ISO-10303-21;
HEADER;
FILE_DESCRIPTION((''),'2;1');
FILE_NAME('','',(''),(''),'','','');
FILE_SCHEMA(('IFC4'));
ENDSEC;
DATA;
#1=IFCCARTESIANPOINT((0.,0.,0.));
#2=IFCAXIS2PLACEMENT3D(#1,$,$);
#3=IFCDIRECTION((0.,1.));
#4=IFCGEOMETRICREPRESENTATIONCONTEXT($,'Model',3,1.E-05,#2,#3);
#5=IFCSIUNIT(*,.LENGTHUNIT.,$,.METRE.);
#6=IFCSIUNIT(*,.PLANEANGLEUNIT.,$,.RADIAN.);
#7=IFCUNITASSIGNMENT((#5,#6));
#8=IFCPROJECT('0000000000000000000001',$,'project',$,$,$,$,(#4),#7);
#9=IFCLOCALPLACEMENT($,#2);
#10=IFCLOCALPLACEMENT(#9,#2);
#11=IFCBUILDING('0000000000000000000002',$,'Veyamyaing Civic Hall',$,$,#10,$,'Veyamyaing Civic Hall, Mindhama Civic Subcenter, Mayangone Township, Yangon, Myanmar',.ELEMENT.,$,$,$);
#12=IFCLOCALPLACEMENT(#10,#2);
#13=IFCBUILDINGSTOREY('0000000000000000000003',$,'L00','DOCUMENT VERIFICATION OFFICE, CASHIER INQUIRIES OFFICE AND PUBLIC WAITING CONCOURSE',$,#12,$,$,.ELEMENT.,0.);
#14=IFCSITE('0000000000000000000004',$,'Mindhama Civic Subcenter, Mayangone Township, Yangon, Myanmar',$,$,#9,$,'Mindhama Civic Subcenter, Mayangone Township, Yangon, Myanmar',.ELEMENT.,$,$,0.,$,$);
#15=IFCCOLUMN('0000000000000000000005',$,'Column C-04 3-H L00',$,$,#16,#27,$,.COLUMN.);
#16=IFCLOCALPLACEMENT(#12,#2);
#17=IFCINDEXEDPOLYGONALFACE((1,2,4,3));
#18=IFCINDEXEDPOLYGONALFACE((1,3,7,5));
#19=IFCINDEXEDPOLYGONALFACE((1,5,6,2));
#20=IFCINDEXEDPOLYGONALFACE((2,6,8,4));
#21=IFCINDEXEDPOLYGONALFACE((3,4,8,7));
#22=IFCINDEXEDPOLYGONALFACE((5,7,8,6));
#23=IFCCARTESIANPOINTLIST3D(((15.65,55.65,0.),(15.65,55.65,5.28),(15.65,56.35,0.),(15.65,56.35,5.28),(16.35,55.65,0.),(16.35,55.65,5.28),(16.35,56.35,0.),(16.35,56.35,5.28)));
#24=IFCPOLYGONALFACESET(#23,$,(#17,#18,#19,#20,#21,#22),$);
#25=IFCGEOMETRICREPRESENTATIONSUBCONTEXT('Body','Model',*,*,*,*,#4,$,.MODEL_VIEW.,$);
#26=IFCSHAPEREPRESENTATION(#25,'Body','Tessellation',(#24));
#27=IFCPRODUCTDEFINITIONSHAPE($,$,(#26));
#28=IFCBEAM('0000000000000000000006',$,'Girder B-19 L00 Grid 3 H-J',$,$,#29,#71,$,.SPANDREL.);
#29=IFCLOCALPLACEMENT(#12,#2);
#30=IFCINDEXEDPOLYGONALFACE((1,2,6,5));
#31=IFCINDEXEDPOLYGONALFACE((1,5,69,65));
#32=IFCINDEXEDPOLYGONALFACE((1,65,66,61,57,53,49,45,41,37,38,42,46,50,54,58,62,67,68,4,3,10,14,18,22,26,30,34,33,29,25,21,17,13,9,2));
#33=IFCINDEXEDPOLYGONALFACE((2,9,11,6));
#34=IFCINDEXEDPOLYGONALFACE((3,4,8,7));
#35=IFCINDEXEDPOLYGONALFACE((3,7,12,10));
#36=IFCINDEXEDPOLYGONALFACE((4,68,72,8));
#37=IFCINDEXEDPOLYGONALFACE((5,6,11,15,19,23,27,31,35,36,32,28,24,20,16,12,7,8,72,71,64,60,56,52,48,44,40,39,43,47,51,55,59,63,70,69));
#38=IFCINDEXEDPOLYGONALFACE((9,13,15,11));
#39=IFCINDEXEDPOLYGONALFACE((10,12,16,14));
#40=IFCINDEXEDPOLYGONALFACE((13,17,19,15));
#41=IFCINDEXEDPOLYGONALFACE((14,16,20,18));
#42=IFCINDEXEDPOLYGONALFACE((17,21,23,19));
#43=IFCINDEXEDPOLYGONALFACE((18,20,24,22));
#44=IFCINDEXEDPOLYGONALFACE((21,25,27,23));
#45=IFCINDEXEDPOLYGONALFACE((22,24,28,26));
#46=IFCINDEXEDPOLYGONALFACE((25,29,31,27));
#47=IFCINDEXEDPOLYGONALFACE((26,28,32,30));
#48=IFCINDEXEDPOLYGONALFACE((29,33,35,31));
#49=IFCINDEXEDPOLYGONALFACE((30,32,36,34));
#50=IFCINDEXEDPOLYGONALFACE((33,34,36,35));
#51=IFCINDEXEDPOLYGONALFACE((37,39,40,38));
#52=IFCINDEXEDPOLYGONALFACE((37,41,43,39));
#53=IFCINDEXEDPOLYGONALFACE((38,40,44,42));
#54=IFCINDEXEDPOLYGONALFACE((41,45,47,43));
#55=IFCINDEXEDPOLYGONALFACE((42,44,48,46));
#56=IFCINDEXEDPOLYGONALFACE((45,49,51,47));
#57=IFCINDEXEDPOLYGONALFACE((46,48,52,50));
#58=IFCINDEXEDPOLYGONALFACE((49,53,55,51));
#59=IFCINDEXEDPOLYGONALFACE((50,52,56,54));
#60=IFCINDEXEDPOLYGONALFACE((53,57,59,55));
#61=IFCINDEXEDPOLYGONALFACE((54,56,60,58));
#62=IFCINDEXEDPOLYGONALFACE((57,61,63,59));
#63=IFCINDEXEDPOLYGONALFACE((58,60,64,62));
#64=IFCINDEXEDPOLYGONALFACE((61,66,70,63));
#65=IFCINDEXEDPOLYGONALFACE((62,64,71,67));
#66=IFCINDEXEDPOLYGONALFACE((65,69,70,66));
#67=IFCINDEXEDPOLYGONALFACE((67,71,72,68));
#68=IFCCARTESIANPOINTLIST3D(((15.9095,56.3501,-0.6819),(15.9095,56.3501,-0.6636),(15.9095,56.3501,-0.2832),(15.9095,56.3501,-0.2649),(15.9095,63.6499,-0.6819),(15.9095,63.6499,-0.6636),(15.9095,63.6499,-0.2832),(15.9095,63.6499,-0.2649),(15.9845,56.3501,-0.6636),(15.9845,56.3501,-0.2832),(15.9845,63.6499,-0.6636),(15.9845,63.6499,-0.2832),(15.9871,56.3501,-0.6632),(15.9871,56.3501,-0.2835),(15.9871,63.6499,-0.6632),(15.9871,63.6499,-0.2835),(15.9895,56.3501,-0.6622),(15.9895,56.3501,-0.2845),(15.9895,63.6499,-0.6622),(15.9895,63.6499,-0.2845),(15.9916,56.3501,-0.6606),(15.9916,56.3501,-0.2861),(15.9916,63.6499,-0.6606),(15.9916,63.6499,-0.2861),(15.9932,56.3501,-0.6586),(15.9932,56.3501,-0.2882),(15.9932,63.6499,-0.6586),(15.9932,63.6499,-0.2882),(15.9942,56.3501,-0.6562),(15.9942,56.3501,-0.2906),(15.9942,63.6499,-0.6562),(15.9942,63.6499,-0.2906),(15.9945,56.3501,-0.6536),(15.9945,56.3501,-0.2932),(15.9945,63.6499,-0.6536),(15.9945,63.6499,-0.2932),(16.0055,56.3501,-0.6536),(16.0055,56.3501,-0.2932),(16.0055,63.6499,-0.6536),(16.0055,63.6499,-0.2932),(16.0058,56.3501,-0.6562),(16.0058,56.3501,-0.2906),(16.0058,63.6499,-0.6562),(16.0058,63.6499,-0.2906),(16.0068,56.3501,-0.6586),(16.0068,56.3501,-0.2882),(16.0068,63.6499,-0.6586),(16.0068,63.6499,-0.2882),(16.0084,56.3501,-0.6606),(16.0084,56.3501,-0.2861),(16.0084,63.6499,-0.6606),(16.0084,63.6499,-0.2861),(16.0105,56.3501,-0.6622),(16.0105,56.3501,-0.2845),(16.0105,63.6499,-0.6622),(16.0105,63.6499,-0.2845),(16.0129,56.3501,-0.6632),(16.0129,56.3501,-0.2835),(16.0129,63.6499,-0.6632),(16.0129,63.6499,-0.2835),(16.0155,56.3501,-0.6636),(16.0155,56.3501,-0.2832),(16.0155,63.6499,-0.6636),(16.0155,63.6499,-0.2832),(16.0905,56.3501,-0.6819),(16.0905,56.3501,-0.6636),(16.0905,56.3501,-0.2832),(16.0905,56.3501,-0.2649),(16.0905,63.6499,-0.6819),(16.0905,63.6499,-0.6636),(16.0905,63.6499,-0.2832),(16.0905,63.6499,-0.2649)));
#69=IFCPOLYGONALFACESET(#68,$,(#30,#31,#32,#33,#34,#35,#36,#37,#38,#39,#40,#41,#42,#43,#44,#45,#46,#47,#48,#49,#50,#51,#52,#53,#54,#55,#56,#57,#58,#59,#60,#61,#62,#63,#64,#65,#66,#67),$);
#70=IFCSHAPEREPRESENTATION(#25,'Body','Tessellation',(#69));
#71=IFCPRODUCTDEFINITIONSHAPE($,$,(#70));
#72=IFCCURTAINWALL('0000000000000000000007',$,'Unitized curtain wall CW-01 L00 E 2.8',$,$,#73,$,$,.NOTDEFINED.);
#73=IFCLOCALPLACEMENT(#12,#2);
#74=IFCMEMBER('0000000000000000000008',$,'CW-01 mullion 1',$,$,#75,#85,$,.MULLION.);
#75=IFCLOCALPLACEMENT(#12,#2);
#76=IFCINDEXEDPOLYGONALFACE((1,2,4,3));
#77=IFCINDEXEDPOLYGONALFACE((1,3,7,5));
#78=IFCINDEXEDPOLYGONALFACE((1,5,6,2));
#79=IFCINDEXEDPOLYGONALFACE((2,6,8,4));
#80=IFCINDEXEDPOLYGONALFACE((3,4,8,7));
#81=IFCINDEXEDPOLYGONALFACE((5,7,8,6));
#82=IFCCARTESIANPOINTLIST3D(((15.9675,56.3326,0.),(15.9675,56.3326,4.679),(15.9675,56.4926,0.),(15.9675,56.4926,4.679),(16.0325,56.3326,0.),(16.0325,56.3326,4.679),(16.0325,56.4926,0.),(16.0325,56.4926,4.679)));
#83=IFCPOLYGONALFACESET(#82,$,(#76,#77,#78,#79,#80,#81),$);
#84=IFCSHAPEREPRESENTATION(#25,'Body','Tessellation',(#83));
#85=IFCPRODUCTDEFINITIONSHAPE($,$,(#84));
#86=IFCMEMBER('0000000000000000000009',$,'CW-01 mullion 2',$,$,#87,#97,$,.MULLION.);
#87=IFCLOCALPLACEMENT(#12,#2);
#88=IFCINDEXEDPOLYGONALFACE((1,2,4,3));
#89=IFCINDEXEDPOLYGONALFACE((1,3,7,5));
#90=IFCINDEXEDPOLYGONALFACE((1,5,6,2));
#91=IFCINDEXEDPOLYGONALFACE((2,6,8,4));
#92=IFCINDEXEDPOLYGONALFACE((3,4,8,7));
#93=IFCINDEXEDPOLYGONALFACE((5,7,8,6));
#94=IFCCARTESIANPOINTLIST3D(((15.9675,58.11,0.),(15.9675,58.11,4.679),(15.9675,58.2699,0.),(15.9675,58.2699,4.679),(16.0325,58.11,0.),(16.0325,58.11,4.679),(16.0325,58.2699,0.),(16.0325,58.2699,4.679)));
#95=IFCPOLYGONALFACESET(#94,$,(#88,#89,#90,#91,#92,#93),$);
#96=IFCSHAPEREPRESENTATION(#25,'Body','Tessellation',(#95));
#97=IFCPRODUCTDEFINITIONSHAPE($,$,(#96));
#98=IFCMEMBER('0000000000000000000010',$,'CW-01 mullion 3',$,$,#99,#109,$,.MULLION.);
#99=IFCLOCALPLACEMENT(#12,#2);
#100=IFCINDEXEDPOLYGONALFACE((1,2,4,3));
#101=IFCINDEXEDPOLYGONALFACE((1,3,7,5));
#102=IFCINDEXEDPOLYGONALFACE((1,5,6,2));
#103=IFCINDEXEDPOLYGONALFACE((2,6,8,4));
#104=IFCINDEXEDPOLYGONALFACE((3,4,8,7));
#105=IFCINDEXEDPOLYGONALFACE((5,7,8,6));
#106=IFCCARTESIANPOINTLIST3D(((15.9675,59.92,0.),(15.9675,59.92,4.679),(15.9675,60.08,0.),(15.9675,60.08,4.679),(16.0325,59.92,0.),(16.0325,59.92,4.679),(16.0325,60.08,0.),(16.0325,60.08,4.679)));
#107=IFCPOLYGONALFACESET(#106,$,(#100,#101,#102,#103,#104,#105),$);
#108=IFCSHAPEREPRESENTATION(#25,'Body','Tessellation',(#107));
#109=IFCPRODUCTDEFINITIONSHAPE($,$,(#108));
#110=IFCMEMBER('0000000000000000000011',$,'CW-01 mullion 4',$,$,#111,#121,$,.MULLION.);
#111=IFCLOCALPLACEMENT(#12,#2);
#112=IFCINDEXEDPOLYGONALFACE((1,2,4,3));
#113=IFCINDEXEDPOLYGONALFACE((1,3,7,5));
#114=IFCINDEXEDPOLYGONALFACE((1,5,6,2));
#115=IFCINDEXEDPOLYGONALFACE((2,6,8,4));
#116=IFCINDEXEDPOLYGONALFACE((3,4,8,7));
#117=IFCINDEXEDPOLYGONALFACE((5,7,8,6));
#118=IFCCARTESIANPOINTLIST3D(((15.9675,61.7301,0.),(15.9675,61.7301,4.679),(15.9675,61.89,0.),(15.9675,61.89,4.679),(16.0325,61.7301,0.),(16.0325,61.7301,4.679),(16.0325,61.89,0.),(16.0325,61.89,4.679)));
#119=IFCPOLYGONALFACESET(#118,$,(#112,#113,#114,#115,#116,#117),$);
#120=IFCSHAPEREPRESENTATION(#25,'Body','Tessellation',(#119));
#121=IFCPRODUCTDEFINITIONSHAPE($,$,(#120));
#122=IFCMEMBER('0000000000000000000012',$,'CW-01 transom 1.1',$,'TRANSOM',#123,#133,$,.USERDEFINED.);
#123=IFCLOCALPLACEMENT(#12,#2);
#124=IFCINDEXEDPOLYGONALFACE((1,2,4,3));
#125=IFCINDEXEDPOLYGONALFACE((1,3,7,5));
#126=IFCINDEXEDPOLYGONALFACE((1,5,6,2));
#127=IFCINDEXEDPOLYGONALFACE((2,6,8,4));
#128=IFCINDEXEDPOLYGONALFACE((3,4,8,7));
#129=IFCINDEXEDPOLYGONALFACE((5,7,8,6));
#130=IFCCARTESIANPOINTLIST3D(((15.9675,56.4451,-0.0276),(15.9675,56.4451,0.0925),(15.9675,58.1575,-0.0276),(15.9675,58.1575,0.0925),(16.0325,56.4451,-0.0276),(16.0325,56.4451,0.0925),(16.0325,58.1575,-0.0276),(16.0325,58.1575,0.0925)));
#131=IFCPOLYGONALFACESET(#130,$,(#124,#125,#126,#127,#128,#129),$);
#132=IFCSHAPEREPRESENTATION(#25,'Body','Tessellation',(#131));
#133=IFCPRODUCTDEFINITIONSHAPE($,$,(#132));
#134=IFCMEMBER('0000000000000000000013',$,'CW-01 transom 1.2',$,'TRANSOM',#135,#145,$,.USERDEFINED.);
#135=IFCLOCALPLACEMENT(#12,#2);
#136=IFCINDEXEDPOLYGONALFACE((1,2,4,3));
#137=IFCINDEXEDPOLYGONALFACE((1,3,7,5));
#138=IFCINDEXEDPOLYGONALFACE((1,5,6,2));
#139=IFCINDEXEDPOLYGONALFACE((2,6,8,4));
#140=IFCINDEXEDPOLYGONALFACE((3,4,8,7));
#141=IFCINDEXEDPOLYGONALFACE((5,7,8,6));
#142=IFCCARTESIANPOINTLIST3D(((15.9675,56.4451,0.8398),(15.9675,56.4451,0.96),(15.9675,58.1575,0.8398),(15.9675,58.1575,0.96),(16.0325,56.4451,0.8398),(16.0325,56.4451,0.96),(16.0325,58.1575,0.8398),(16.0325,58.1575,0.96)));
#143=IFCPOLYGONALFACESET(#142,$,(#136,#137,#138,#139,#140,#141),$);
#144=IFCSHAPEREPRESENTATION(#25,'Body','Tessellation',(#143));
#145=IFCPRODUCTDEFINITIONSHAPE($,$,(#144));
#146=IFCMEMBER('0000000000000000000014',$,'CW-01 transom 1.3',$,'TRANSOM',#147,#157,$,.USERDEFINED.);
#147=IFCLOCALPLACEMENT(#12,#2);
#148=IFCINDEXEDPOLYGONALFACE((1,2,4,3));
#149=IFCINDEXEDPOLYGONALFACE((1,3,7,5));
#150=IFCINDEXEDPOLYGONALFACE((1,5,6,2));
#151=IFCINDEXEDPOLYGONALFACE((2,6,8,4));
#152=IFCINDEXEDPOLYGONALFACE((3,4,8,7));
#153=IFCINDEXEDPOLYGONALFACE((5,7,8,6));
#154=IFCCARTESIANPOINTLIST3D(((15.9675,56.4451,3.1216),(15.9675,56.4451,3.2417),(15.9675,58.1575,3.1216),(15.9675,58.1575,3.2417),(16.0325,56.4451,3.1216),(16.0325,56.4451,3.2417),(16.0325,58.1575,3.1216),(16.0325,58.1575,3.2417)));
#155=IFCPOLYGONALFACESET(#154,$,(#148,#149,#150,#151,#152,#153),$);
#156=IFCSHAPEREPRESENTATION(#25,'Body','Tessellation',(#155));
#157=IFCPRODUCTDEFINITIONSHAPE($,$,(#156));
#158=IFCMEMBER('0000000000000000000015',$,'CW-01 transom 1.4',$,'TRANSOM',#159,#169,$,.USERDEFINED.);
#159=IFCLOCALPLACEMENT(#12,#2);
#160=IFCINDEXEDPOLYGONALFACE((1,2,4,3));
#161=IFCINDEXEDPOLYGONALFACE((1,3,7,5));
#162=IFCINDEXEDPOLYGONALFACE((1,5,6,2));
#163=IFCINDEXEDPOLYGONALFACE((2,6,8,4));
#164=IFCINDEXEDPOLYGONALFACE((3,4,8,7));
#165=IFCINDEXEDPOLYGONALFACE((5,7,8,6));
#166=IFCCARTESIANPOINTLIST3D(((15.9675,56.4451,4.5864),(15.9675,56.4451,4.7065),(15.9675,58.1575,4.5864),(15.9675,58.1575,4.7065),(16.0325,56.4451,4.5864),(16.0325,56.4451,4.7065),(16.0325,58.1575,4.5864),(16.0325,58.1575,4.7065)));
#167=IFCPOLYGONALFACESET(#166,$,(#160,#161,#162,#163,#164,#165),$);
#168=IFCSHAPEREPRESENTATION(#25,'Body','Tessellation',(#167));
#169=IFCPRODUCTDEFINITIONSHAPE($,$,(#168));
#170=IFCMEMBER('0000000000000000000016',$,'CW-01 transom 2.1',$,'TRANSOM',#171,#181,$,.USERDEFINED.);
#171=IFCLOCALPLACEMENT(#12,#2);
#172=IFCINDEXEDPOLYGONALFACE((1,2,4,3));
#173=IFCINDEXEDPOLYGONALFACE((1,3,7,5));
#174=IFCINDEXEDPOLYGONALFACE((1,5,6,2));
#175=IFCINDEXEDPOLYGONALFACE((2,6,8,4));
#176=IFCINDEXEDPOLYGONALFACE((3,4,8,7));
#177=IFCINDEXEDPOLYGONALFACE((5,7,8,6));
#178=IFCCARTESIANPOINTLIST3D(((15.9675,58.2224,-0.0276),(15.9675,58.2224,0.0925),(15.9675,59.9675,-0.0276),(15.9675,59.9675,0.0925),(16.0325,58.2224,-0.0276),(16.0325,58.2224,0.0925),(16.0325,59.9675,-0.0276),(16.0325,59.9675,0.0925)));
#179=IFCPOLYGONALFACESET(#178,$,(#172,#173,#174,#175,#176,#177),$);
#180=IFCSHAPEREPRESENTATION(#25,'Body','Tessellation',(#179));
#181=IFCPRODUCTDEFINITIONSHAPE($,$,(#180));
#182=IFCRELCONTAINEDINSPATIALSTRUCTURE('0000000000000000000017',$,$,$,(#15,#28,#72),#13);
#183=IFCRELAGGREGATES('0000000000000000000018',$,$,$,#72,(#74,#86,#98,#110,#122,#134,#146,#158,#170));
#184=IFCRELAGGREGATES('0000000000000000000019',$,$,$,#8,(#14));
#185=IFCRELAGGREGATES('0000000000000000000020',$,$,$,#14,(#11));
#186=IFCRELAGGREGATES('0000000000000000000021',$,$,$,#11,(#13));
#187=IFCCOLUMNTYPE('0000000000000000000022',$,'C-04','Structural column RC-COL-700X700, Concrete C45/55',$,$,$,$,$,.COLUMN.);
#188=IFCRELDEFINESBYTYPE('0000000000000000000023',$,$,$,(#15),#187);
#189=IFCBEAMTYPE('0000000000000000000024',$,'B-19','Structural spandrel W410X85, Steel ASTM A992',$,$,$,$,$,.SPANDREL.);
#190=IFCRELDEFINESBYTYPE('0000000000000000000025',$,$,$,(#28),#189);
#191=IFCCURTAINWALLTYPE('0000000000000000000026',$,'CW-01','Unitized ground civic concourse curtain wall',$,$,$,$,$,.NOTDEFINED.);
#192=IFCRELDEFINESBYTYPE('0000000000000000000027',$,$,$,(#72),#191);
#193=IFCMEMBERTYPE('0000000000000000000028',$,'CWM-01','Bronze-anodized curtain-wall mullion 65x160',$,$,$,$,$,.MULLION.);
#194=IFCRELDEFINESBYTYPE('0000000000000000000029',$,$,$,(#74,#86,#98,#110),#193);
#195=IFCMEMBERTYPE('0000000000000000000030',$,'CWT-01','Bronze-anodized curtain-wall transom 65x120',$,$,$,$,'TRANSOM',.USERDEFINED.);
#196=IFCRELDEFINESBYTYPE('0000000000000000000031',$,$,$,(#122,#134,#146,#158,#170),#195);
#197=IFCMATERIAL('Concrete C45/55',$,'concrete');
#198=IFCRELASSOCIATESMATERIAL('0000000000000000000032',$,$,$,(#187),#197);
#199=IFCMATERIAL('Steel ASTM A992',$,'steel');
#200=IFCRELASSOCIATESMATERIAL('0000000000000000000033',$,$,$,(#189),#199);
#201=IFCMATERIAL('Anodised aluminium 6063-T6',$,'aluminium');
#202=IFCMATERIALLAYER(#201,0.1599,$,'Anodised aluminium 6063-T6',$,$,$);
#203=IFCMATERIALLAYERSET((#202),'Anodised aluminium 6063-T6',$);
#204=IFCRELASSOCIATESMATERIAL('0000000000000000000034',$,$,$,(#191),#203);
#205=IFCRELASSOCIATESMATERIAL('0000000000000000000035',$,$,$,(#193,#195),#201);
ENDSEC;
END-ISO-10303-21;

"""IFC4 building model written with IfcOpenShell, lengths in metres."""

from ifc_helpers import new_model, si_unit, direction, frame, origin, origin_2d, place, context, subcontext, project, spatial, rectangle, i_section, extrude, material, layer, layer_set, material_profile, profile_set, type_object, element, aggregate, save


model = new_model("IFC4")

# Units and contexts
model_context = context("Model", 3, precision=1e-05, world=origin(), true_north=direction((0.0, 1.0)))
body_context = subcontext(model_context, "Body", "Model", "MODEL_VIEW")
ifc_project = project(units=[si_unit("LENGTHUNIT", "METRE"), si_unit("PLANEANGLEUNIT", "RADIAN")], contexts=[model_context])

# Site, building, storey
site_placement = place(None, origin())
site = spatial("IfcSite", under=ifc_project, at=site_placement, Name="Mindhama Civic Subcenter, Mayangone Township, Yangon, Myanmar", LongName="Mindhama Civic Subcenter, Mayangone Township, Yangon, Myanmar", CompositionType="ELEMENT", RefElevation=0.0)
building_placement = place(site_placement, origin())
building = spatial("IfcBuilding", under=site, at=building_placement, Name="Veyamyaing Civic Hall", LongName="Veyamyaing Civic Hall, Mindhama Civic Subcenter, Mayangone Township, Yangon, Myanmar", CompositionType="ELEMENT")
storey_placement = place(building_placement, origin())
storey = spatial("IfcBuildingStorey", under=building, at=storey_placement, Name="L00", Description="DOCUMENT VERIFICATION OFFICE, CASHIER INQUIRIES OFFICE AND PUBLIC WAITING CONCOURSE", CompositionType="ELEMENT", Elevation=0.0)

# Column
ifc_material_1 = material(Name="Concrete C45/55", Category="concrete")
ifc_material_profile_1 = material_profile(ifc_material_1, rectangle(XDim=0.7, YDim=0.7, at=origin_2d()), Name="RC-COL-700X700")
ifc_profile_set_1 = profile_set([ifc_material_profile_1], Name="Concrete C45/55")
column_type = type_object("IfcColumnType", Name="C-04", Description="Structural column RC-COL-700X700, Concrete C45/55", PredefinedType="COLUMN", material=ifc_profile_set_1)
column_placement = place(storey_placement, frame((16.0, 56.0, 0.0), z_axis=(0.0, 0.0, 1.0), x_axis=(1.0, 0.0, 0.0)))
element("IfcColumn", 1, at=column_placement, inside=storey, type_object=column_type, Name="Column C-04 3-H L00", PredefinedType="COLUMN", context=body_context, shape_type="SweptSolid", body=[
    extrude(rectangle(XDim=0.7, YDim=0.7, at=origin_2d()), origin(), (0.0, 0.0, 1.0), 5.28),
])

# Beam
ifc_material_2 = material(Name="Steel ASTM A992", Category="steel")
ifc_material_profile_2 = material_profile(ifc_material_2, i_section(OverallWidth=0.1809, OverallDepth=0.417, WebThickness=0.011, FlangeThickness=0.0183, FilletRadius=0.01, at=origin_2d()), Name="W410X85")
ifc_profile_set_2 = profile_set([ifc_material_profile_2], Name="Steel ASTM A992")
beam_type = type_object("IfcBeamType", Name="B-19", Description="Structural spandrel W410X85, Steel ASTM A992", PredefinedType="SPANDREL", material=ifc_profile_set_2)
beam_placement = place(storey_placement, frame((16.0, 56.3501, -0.4734), z_axis=(0.0, 1.0, 0.0), x_axis=(-1.0, 0.0, 0.0)))
element("IfcBeam", 2, at=beam_placement, inside=storey, type_object=beam_type, Name="Girder B-19 L00 Grid 3 H-J", PredefinedType="SPANDREL", context=body_context, shape_type="SweptSolid", body=[
    extrude(i_section(OverallWidth=0.1809, OverallDepth=0.417, WebThickness=0.011, FlangeThickness=0.0183, FilletRadius=0.01, at=origin_2d()), origin(), (0.0, 0.0, 1.0), 7.2998),
])

# Curtain wall, members
ifc_material_3 = material(Name="Anodised aluminium 6063-T6", Category="aluminium")
ifc_layer_1 = layer(ifc_material_3, 0.1599, Name="Anodised aluminium 6063-T6")
ifc_layer_set_1 = layer_set([ifc_layer_1], Name="Anodised aluminium 6063-T6")
curtain_wall_type = type_object("IfcCurtainWallType", Name="CW-01", Description="Unitized ground civic concourse curtain wall", PredefinedType="NOTDEFINED", material=ifc_layer_set_1)
curtain_wall_placement = place(storey_placement, origin())
curtain_wall = element("IfcCurtainWall", 3, at=curtain_wall_placement, inside=storey, type_object=curtain_wall_type, Name="Unitized curtain wall CW-01 L00 E 2.8", PredefinedType="NOTDEFINED")
ifc_material_profile_3 = material_profile(ifc_material_3, rectangle(XDim=0.0649, YDim=0.1599, at=origin_2d()), Name="ALU-MUL-65X160")
ifc_profile_set_3 = profile_set([ifc_material_profile_3], Name="Anodised aluminium 6063-T6")
member_type_1 = type_object("IfcMemberType", Name="CWM-01", Description="Bronze-anodized curtain-wall mullion 65x160", PredefinedType="MULLION", material=ifc_profile_set_3)
member_1_placement = place(storey_placement, frame((16.0, 56.4126, 0.0), z_axis=(0.0, 0.0, 1.0), x_axis=(-1.0, 0.0, 0.0)))
member_1 = element("IfcMember", 4, at=member_1_placement, type_object=member_type_1, Name="CW-01 mullion 1", PredefinedType="MULLION", context=body_context, shape_type="SweptSolid", body=[
    extrude(rectangle(XDim=0.0649, YDim=0.1599, at=origin_2d()), origin(), (0.0, 0.0, 1.0), 4.679),
])
member_2_placement = place(storey_placement, frame((16.0, 58.1899, 0.0), z_axis=(0.0, 0.0, 1.0), x_axis=(-1.0, 0.0, 0.0)))
member_2 = element("IfcMember", 5, at=member_2_placement, type_object=member_type_1, Name="CW-01 mullion 2", PredefinedType="MULLION", context=body_context, shape_type="SweptSolid", body=[
    extrude(rectangle(XDim=0.0649, YDim=0.1599, at=origin_2d()), origin(), (0.0, 0.0, 1.0), 4.679),
])
member_3_placement = place(storey_placement, frame((16.0, 60.0, 0.0), z_axis=(0.0, 0.0, 1.0), x_axis=(-1.0, 0.0, 0.0)))
member_3 = element("IfcMember", 6, at=member_3_placement, type_object=member_type_1, Name="CW-01 mullion 3", PredefinedType="MULLION", context=body_context, shape_type="SweptSolid", body=[
    extrude(rectangle(XDim=0.0649, YDim=0.1599, at=origin_2d()), origin(), (0.0, 0.0, 1.0), 4.679),
])
member_4_placement = place(storey_placement, frame((16.0, 61.8101, 0.0), z_axis=(0.0, 0.0, 1.0), x_axis=(-1.0, 0.0, 0.0)))
member_4 = element("IfcMember", 7, at=member_4_placement, type_object=member_type_1, Name="CW-01 mullion 4", PredefinedType="MULLION", context=body_context, shape_type="SweptSolid", body=[
    extrude(rectangle(XDim=0.0649, YDim=0.1599, at=origin_2d()), origin(), (0.0, 0.0, 1.0), 4.679),
])
ifc_material_profile_4 = material_profile(ifc_material_3, rectangle(XDim=0.0649, YDim=0.1201, at=origin_2d()), Name="ALU-TRN-65X120")
ifc_profile_set_4 = profile_set([ifc_material_profile_4], Name="Anodised aluminium 6063-T6")
member_type_2 = type_object("IfcMemberType", Name="CWT-01", Description="Bronze-anodized curtain-wall transom 65x120", ElementType="TRANSOM", PredefinedType="USERDEFINED", material=ifc_profile_set_4)
member_5_placement = place(storey_placement, frame((16.0, 56.4451, 0.0325), z_axis=(0.0, 1.0, 0.0), x_axis=(-1.0, 0.0, 0.0)))
member_5 = element("IfcMember", 8, at=member_5_placement, type_object=member_type_2, Name="CW-01 transom 1.1", ObjectType="TRANSOM", PredefinedType="USERDEFINED", context=body_context, shape_type="SweptSolid", body=[
    extrude(rectangle(XDim=0.0649, YDim=0.1201, at=origin_2d()), origin(), (0.0, 0.0, 1.0), 1.7124),
])
member_6_placement = place(storey_placement, frame((16.0, 56.4451, 0.8999), z_axis=(0.0, 1.0, 0.0), x_axis=(-1.0, 0.0, 0.0)))
member_6 = element("IfcMember", 9, at=member_6_placement, type_object=member_type_2, Name="CW-01 transom 1.2", ObjectType="TRANSOM", PredefinedType="USERDEFINED", context=body_context, shape_type="SweptSolid", body=[
    extrude(rectangle(XDim=0.0649, YDim=0.1201, at=origin_2d()), origin(), (0.0, 0.0, 1.0), 1.7124),
])
member_7_placement = place(storey_placement, frame((16.0, 56.4451, 3.1816), z_axis=(0.0, 1.0, 0.0), x_axis=(-1.0, 0.0, 0.0)))
member_7 = element("IfcMember", 10, at=member_7_placement, type_object=member_type_2, Name="CW-01 transom 1.3", ObjectType="TRANSOM", PredefinedType="USERDEFINED", context=body_context, shape_type="SweptSolid", body=[
    extrude(rectangle(XDim=0.0649, YDim=0.1201, at=origin_2d()), origin(), (0.0, 0.0, 1.0), 1.7124),
])
member_8_placement = place(storey_placement, frame((16.0, 56.4451, 4.6465), z_axis=(0.0, 1.0, 0.0), x_axis=(-1.0, 0.0, 0.0)))
member_8 = element("IfcMember", 11, at=member_8_placement, type_object=member_type_2, Name="CW-01 transom 1.4", ObjectType="TRANSOM", PredefinedType="USERDEFINED", context=body_context, shape_type="SweptSolid", body=[
    extrude(rectangle(XDim=0.0649, YDim=0.1201, at=origin_2d()), origin(), (0.0, 0.0, 1.0), 1.7124),
])
member_9_placement = place(storey_placement, frame((16.0, 58.2224, 0.0325), z_axis=(0.0, 1.0, 0.0), x_axis=(-1.0, 0.0, 0.0)))
member_9 = element("IfcMember", 12, at=member_9_placement, type_object=member_type_2, Name="CW-01 transom 2.1", ObjectType="TRANSOM", PredefinedType="USERDEFINED", context=body_context, shape_type="SweptSolid", body=[
    extrude(rectangle(XDim=0.0649, YDim=0.1201, at=origin_2d()), origin(), (0.0, 0.0, 1.0), 1.7451),
])
aggregate(curtain_wall, [member_1, member_2, member_3, member_4, member_5, member_6, member_7, member_8, member_9])

save(model, "model.ifc")
